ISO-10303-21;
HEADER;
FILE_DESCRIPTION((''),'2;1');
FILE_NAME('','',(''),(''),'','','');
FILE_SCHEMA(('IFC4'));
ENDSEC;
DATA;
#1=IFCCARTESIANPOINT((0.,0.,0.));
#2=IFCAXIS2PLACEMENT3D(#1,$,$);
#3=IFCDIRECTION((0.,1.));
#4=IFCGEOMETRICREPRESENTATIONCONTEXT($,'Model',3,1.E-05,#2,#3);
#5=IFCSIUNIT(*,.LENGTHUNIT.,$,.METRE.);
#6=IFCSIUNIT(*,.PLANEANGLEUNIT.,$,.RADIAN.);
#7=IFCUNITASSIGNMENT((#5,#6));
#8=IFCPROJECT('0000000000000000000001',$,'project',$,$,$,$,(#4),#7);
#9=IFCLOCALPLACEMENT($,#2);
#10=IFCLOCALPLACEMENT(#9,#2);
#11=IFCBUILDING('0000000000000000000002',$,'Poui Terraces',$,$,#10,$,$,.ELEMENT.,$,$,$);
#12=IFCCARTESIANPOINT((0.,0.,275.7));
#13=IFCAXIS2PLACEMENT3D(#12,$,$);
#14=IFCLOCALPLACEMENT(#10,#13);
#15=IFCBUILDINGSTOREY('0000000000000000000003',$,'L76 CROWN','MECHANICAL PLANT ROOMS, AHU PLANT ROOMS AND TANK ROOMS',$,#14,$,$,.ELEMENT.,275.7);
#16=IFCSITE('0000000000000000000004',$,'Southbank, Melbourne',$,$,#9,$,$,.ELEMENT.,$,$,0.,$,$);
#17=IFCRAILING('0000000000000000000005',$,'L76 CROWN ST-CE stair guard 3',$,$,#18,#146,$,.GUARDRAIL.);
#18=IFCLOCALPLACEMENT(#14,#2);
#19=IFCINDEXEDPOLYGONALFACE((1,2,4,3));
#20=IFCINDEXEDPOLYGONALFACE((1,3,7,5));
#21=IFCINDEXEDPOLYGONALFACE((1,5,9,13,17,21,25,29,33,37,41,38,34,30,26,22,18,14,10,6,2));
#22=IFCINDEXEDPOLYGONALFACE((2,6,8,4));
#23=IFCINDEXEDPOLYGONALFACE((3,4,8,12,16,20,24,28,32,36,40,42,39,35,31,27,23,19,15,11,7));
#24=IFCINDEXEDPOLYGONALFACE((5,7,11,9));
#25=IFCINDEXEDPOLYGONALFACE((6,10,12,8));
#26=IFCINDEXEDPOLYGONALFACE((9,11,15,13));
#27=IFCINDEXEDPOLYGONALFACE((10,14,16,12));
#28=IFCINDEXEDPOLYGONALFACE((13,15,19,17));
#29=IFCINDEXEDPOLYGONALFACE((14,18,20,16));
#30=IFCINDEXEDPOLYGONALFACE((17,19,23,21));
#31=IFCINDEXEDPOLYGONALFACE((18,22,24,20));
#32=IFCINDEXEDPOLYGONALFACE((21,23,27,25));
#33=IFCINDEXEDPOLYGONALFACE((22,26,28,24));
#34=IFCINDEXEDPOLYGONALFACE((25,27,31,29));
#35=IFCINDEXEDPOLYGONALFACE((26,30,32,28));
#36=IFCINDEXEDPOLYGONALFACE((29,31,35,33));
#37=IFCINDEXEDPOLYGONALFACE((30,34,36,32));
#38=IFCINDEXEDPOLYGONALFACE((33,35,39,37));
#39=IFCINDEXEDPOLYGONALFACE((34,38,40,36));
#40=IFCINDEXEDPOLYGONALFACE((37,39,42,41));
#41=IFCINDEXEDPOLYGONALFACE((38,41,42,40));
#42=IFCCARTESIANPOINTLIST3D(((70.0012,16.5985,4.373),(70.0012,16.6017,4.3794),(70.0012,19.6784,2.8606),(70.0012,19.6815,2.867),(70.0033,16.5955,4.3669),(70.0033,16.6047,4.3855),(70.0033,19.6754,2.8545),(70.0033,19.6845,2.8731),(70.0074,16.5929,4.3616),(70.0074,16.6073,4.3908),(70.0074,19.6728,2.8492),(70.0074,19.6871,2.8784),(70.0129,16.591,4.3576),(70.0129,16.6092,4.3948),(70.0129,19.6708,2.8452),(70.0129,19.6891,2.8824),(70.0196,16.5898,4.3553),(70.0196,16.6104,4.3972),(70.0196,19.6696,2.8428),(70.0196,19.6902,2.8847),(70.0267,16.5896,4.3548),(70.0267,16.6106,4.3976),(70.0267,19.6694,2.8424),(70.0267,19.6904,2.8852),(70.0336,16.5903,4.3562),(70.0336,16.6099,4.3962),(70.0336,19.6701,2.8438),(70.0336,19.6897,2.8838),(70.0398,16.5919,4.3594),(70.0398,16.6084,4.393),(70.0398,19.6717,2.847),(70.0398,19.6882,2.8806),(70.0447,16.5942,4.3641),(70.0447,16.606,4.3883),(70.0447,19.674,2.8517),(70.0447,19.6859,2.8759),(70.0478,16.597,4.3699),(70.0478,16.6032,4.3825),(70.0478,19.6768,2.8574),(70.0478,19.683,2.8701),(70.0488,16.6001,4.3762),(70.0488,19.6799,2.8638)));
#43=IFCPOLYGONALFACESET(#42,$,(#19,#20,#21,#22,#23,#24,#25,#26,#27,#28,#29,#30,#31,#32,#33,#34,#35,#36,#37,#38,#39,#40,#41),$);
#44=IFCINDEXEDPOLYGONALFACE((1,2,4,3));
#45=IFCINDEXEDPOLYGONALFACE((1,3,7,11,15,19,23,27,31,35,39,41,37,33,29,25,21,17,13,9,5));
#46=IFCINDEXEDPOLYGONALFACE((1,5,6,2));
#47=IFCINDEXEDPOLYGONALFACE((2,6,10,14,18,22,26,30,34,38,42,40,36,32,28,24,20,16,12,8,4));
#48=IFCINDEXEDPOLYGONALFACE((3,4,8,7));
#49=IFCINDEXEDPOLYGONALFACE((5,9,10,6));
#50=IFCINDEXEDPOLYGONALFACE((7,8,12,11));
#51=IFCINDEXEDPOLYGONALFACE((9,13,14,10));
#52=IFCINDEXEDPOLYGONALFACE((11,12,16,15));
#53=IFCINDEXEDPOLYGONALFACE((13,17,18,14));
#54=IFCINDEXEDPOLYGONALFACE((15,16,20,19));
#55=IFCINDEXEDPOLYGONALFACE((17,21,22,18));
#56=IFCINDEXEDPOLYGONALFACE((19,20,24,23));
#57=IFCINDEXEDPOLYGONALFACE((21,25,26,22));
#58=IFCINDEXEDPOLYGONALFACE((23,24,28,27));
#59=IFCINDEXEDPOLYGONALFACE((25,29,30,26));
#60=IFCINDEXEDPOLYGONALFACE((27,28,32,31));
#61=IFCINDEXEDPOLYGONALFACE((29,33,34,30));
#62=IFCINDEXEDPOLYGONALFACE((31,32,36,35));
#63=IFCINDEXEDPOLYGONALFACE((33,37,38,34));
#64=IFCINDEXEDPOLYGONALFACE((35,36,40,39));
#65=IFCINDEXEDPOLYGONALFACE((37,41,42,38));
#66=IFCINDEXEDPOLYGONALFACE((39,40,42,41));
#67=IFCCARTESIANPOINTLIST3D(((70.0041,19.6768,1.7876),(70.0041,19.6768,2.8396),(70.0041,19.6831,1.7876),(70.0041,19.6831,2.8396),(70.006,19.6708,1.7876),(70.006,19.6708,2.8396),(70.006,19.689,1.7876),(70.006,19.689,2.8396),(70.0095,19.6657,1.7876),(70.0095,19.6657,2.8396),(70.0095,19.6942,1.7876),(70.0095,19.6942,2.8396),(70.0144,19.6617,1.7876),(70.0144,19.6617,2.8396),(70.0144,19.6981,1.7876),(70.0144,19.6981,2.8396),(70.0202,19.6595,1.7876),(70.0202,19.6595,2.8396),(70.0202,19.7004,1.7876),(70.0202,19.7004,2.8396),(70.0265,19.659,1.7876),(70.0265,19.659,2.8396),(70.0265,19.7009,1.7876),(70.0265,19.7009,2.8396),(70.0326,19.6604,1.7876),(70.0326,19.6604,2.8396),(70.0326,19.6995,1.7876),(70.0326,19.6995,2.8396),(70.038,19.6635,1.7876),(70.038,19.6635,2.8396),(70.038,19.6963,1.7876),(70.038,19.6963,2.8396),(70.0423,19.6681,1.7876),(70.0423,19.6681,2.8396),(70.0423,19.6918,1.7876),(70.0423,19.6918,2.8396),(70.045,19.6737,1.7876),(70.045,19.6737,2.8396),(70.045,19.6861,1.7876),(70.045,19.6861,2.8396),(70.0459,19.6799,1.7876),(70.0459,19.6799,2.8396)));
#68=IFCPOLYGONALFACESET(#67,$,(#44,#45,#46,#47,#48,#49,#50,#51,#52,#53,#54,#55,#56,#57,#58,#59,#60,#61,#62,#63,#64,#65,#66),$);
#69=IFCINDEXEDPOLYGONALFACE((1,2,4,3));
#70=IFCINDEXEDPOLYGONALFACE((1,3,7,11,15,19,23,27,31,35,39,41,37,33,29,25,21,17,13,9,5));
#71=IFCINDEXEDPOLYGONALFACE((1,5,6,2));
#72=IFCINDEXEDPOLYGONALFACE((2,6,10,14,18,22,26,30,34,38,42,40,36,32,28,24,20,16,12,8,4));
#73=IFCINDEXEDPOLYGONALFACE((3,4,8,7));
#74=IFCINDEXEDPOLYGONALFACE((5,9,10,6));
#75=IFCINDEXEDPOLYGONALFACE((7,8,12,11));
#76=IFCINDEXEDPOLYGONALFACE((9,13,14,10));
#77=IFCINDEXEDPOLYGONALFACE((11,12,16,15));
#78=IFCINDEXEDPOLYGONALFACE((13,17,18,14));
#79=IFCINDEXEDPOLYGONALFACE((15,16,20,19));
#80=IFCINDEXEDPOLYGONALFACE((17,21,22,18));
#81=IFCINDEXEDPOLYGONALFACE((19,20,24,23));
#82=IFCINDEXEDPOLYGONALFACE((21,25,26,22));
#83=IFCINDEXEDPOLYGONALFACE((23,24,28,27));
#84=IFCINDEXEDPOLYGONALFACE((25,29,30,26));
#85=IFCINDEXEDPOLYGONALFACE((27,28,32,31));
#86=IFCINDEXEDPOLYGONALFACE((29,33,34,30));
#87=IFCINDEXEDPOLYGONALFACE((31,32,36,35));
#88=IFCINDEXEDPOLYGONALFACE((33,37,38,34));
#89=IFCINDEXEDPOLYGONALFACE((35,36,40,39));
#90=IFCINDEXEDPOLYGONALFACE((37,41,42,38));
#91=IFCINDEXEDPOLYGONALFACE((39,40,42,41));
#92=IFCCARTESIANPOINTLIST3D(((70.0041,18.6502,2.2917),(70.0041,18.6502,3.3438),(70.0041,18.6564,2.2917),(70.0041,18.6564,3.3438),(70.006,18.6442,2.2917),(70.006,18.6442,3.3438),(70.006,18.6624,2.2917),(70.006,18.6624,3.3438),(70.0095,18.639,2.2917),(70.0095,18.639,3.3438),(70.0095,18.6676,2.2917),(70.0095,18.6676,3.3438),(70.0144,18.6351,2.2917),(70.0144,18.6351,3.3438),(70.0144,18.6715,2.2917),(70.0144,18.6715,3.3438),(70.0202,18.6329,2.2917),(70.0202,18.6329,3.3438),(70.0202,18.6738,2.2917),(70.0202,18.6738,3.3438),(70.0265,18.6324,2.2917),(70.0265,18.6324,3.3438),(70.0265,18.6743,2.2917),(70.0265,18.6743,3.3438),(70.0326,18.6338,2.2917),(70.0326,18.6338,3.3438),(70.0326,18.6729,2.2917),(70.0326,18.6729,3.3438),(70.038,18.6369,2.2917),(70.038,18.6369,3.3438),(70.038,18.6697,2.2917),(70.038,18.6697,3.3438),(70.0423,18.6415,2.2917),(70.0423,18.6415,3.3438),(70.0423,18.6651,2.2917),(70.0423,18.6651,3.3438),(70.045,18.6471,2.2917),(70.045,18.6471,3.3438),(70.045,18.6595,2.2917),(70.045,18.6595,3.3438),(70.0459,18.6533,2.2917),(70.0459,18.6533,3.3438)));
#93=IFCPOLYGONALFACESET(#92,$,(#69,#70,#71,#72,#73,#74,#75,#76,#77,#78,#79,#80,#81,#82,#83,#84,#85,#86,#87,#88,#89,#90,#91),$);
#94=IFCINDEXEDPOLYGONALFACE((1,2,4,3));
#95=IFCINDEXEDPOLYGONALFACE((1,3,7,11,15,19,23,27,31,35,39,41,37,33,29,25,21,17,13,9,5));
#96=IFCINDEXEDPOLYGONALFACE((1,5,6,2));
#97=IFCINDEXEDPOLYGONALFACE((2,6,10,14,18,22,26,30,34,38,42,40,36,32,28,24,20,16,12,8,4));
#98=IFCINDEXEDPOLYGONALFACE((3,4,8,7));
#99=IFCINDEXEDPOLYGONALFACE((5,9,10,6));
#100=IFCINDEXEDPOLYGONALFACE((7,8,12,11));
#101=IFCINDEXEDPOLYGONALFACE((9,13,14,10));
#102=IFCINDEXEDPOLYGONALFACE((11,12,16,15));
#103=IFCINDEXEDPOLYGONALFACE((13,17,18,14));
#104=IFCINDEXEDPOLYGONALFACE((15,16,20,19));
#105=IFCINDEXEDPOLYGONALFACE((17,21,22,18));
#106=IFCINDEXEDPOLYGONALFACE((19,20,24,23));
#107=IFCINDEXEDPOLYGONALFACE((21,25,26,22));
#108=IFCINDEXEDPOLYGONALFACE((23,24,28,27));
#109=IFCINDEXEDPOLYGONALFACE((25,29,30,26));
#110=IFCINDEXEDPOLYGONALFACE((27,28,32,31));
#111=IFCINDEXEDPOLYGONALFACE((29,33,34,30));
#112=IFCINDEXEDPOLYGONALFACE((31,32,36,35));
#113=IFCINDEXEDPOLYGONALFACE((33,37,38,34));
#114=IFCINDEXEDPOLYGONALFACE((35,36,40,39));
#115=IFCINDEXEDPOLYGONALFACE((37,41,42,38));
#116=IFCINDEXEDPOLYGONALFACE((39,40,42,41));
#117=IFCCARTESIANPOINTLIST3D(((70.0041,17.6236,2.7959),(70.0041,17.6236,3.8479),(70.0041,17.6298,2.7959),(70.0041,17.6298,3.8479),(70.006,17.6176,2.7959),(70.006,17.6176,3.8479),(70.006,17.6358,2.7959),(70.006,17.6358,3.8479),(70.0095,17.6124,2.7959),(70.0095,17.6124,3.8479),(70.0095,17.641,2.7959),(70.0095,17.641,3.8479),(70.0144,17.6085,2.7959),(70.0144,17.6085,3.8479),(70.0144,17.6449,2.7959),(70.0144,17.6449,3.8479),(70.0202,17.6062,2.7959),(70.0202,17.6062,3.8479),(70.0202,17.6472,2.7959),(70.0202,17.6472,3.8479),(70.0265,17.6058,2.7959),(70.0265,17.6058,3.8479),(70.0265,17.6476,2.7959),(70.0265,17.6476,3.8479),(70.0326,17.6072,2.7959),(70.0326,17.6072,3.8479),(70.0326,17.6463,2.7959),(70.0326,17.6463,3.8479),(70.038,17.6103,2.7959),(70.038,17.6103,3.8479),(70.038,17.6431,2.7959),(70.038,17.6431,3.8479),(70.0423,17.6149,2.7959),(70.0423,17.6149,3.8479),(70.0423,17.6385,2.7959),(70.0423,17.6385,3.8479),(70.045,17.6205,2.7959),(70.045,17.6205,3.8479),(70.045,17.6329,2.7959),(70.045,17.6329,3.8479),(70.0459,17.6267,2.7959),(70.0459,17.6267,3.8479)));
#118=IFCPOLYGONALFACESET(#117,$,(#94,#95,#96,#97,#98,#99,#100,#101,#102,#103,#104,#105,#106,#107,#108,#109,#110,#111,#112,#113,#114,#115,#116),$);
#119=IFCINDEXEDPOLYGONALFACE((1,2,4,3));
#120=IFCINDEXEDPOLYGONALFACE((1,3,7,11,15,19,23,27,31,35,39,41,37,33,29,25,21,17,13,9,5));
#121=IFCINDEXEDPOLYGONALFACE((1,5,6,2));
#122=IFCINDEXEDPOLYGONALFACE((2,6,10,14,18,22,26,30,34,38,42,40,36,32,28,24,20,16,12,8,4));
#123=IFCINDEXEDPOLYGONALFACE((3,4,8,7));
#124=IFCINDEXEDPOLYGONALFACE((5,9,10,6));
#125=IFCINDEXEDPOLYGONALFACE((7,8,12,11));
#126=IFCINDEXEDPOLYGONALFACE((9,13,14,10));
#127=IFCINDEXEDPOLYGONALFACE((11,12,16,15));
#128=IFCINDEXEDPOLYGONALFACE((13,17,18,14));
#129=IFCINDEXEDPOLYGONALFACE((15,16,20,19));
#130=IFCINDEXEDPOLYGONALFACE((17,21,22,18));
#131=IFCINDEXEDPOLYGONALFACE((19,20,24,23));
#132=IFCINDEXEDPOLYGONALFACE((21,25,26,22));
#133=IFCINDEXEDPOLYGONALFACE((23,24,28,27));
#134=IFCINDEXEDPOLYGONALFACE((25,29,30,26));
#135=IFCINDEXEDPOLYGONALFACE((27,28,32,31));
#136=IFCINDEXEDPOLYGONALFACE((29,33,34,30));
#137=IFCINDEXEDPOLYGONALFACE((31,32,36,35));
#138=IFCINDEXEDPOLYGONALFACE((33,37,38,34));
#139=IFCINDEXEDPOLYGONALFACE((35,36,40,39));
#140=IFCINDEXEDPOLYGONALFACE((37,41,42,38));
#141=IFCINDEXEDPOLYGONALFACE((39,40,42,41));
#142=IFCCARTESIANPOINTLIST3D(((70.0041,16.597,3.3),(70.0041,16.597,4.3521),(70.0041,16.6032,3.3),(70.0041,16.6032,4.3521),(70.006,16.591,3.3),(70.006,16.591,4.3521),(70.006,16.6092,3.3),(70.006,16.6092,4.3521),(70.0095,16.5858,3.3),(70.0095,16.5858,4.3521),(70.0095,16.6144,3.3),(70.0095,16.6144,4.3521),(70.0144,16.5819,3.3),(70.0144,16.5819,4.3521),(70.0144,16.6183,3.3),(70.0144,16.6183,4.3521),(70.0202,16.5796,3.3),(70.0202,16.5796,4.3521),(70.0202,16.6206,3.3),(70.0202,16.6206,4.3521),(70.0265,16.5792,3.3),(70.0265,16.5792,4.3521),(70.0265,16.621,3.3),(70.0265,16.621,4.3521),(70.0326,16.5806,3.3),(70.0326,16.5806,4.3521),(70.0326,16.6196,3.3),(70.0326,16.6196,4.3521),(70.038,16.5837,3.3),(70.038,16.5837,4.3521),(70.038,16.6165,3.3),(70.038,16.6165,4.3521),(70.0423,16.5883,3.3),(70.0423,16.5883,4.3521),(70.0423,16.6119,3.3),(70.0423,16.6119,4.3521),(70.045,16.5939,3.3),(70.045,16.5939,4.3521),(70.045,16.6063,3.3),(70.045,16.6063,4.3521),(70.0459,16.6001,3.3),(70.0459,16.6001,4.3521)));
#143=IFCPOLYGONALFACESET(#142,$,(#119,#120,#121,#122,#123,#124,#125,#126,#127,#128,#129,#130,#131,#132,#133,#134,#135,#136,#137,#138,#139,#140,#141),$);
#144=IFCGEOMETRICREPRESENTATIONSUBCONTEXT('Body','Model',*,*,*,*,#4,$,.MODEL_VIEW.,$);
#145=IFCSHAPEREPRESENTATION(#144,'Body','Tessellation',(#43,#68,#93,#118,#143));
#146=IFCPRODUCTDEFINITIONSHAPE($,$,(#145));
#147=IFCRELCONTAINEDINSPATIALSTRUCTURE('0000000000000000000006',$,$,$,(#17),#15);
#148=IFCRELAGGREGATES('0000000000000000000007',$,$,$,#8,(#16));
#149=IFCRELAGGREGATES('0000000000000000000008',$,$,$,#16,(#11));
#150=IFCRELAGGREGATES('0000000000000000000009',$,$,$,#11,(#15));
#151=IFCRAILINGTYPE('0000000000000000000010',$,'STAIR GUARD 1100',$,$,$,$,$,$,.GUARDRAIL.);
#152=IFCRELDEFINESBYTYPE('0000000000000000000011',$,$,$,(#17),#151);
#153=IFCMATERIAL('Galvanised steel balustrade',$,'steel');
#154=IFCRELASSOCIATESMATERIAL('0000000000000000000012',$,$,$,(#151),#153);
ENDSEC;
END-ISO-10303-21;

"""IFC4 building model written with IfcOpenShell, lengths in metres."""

from ifc_helpers import new_model, si_unit, direction, frame, origin, origin_2d, place, context, subcontext, project, spatial, circle, extrude, material, type_object, element, save


model = new_model("IFC4")

# Units and contexts
model_context = context("Model", 3, precision=1e-05, world=origin(), true_north=direction((0.0, 1.0)))
body_context = subcontext(model_context, "Body", "Model", "MODEL_VIEW")
ifc_project = project(units=[si_unit("LENGTHUNIT", "METRE"), si_unit("PLANEANGLEUNIT", "RADIAN")], contexts=[model_context])

# Site, building, storey
site_placement = place(None, origin())
site = spatial("IfcSite", under=ifc_project, at=site_placement, Name="Southbank, Melbourne", CompositionType="ELEMENT", RefElevation=0.0)
building_placement = place(site_placement, origin())
building = spatial("IfcBuilding", under=site, at=building_placement, Name="Poui Terraces", CompositionType="ELEMENT")
storey_placement = place(building_placement, frame((0.0, 0.0, 275.7)))
storey = spatial("IfcBuildingStorey", under=building, at=storey_placement, Name="L76 CROWN", Description="MECHANICAL PLANT ROOMS, AHU PLANT ROOMS AND TANK ROOMS", CompositionType="ELEMENT", Elevation=275.7)

# Railing
ifc_material_1 = material(Name="Galvanised steel balustrade", Category="steel")
railing_type_1 = type_object("IfcRailingType", Name="STAIR GUARD 1100", PredefinedType="GUARDRAIL", material=ifc_material_1)
railing_1_placement = place(storey_placement, frame((70.0249, 19.6799, 1.7876)))
element("IfcRailing", 1, at=railing_1_placement, inside=storey, type_object=railing_type_1, Name="L76 CROWN ST-CE stair guard 3", PredefinedType="GUARDRAIL", context=body_context, shape_type="SweptSolid", body=[
    extrude(circle(Radius=0.0239, at=origin_2d()), frame((0.0, 0.0, 1.0762), z_axis=(0.0, -0.897606, 0.440798), x_axis=(1.0, 0.0, 0.0)), (0.0, 0.0, 1.0), 3.4312),
    extrude(circle(Radius=0.021, at=origin_2d()), origin(), (0.0, 0.0, 1.0), 1.052),
    extrude(circle(Radius=0.021, at=origin_2d()), frame((0.0, -1.0266, 0.5042)), (0.0, 0.0, 1.0), 1.052),
    extrude(circle(Radius=0.021, at=origin_2d()), frame((0.0, -2.0532, 1.0083)), (0.0, 0.0, 1.0), 1.052),
    extrude(circle(Radius=0.021, at=origin_2d()), frame((0.0, -3.0798, 1.5125)), (0.0, 0.0, 1.0), 1.052),
])

save(model, "model.ifc")
